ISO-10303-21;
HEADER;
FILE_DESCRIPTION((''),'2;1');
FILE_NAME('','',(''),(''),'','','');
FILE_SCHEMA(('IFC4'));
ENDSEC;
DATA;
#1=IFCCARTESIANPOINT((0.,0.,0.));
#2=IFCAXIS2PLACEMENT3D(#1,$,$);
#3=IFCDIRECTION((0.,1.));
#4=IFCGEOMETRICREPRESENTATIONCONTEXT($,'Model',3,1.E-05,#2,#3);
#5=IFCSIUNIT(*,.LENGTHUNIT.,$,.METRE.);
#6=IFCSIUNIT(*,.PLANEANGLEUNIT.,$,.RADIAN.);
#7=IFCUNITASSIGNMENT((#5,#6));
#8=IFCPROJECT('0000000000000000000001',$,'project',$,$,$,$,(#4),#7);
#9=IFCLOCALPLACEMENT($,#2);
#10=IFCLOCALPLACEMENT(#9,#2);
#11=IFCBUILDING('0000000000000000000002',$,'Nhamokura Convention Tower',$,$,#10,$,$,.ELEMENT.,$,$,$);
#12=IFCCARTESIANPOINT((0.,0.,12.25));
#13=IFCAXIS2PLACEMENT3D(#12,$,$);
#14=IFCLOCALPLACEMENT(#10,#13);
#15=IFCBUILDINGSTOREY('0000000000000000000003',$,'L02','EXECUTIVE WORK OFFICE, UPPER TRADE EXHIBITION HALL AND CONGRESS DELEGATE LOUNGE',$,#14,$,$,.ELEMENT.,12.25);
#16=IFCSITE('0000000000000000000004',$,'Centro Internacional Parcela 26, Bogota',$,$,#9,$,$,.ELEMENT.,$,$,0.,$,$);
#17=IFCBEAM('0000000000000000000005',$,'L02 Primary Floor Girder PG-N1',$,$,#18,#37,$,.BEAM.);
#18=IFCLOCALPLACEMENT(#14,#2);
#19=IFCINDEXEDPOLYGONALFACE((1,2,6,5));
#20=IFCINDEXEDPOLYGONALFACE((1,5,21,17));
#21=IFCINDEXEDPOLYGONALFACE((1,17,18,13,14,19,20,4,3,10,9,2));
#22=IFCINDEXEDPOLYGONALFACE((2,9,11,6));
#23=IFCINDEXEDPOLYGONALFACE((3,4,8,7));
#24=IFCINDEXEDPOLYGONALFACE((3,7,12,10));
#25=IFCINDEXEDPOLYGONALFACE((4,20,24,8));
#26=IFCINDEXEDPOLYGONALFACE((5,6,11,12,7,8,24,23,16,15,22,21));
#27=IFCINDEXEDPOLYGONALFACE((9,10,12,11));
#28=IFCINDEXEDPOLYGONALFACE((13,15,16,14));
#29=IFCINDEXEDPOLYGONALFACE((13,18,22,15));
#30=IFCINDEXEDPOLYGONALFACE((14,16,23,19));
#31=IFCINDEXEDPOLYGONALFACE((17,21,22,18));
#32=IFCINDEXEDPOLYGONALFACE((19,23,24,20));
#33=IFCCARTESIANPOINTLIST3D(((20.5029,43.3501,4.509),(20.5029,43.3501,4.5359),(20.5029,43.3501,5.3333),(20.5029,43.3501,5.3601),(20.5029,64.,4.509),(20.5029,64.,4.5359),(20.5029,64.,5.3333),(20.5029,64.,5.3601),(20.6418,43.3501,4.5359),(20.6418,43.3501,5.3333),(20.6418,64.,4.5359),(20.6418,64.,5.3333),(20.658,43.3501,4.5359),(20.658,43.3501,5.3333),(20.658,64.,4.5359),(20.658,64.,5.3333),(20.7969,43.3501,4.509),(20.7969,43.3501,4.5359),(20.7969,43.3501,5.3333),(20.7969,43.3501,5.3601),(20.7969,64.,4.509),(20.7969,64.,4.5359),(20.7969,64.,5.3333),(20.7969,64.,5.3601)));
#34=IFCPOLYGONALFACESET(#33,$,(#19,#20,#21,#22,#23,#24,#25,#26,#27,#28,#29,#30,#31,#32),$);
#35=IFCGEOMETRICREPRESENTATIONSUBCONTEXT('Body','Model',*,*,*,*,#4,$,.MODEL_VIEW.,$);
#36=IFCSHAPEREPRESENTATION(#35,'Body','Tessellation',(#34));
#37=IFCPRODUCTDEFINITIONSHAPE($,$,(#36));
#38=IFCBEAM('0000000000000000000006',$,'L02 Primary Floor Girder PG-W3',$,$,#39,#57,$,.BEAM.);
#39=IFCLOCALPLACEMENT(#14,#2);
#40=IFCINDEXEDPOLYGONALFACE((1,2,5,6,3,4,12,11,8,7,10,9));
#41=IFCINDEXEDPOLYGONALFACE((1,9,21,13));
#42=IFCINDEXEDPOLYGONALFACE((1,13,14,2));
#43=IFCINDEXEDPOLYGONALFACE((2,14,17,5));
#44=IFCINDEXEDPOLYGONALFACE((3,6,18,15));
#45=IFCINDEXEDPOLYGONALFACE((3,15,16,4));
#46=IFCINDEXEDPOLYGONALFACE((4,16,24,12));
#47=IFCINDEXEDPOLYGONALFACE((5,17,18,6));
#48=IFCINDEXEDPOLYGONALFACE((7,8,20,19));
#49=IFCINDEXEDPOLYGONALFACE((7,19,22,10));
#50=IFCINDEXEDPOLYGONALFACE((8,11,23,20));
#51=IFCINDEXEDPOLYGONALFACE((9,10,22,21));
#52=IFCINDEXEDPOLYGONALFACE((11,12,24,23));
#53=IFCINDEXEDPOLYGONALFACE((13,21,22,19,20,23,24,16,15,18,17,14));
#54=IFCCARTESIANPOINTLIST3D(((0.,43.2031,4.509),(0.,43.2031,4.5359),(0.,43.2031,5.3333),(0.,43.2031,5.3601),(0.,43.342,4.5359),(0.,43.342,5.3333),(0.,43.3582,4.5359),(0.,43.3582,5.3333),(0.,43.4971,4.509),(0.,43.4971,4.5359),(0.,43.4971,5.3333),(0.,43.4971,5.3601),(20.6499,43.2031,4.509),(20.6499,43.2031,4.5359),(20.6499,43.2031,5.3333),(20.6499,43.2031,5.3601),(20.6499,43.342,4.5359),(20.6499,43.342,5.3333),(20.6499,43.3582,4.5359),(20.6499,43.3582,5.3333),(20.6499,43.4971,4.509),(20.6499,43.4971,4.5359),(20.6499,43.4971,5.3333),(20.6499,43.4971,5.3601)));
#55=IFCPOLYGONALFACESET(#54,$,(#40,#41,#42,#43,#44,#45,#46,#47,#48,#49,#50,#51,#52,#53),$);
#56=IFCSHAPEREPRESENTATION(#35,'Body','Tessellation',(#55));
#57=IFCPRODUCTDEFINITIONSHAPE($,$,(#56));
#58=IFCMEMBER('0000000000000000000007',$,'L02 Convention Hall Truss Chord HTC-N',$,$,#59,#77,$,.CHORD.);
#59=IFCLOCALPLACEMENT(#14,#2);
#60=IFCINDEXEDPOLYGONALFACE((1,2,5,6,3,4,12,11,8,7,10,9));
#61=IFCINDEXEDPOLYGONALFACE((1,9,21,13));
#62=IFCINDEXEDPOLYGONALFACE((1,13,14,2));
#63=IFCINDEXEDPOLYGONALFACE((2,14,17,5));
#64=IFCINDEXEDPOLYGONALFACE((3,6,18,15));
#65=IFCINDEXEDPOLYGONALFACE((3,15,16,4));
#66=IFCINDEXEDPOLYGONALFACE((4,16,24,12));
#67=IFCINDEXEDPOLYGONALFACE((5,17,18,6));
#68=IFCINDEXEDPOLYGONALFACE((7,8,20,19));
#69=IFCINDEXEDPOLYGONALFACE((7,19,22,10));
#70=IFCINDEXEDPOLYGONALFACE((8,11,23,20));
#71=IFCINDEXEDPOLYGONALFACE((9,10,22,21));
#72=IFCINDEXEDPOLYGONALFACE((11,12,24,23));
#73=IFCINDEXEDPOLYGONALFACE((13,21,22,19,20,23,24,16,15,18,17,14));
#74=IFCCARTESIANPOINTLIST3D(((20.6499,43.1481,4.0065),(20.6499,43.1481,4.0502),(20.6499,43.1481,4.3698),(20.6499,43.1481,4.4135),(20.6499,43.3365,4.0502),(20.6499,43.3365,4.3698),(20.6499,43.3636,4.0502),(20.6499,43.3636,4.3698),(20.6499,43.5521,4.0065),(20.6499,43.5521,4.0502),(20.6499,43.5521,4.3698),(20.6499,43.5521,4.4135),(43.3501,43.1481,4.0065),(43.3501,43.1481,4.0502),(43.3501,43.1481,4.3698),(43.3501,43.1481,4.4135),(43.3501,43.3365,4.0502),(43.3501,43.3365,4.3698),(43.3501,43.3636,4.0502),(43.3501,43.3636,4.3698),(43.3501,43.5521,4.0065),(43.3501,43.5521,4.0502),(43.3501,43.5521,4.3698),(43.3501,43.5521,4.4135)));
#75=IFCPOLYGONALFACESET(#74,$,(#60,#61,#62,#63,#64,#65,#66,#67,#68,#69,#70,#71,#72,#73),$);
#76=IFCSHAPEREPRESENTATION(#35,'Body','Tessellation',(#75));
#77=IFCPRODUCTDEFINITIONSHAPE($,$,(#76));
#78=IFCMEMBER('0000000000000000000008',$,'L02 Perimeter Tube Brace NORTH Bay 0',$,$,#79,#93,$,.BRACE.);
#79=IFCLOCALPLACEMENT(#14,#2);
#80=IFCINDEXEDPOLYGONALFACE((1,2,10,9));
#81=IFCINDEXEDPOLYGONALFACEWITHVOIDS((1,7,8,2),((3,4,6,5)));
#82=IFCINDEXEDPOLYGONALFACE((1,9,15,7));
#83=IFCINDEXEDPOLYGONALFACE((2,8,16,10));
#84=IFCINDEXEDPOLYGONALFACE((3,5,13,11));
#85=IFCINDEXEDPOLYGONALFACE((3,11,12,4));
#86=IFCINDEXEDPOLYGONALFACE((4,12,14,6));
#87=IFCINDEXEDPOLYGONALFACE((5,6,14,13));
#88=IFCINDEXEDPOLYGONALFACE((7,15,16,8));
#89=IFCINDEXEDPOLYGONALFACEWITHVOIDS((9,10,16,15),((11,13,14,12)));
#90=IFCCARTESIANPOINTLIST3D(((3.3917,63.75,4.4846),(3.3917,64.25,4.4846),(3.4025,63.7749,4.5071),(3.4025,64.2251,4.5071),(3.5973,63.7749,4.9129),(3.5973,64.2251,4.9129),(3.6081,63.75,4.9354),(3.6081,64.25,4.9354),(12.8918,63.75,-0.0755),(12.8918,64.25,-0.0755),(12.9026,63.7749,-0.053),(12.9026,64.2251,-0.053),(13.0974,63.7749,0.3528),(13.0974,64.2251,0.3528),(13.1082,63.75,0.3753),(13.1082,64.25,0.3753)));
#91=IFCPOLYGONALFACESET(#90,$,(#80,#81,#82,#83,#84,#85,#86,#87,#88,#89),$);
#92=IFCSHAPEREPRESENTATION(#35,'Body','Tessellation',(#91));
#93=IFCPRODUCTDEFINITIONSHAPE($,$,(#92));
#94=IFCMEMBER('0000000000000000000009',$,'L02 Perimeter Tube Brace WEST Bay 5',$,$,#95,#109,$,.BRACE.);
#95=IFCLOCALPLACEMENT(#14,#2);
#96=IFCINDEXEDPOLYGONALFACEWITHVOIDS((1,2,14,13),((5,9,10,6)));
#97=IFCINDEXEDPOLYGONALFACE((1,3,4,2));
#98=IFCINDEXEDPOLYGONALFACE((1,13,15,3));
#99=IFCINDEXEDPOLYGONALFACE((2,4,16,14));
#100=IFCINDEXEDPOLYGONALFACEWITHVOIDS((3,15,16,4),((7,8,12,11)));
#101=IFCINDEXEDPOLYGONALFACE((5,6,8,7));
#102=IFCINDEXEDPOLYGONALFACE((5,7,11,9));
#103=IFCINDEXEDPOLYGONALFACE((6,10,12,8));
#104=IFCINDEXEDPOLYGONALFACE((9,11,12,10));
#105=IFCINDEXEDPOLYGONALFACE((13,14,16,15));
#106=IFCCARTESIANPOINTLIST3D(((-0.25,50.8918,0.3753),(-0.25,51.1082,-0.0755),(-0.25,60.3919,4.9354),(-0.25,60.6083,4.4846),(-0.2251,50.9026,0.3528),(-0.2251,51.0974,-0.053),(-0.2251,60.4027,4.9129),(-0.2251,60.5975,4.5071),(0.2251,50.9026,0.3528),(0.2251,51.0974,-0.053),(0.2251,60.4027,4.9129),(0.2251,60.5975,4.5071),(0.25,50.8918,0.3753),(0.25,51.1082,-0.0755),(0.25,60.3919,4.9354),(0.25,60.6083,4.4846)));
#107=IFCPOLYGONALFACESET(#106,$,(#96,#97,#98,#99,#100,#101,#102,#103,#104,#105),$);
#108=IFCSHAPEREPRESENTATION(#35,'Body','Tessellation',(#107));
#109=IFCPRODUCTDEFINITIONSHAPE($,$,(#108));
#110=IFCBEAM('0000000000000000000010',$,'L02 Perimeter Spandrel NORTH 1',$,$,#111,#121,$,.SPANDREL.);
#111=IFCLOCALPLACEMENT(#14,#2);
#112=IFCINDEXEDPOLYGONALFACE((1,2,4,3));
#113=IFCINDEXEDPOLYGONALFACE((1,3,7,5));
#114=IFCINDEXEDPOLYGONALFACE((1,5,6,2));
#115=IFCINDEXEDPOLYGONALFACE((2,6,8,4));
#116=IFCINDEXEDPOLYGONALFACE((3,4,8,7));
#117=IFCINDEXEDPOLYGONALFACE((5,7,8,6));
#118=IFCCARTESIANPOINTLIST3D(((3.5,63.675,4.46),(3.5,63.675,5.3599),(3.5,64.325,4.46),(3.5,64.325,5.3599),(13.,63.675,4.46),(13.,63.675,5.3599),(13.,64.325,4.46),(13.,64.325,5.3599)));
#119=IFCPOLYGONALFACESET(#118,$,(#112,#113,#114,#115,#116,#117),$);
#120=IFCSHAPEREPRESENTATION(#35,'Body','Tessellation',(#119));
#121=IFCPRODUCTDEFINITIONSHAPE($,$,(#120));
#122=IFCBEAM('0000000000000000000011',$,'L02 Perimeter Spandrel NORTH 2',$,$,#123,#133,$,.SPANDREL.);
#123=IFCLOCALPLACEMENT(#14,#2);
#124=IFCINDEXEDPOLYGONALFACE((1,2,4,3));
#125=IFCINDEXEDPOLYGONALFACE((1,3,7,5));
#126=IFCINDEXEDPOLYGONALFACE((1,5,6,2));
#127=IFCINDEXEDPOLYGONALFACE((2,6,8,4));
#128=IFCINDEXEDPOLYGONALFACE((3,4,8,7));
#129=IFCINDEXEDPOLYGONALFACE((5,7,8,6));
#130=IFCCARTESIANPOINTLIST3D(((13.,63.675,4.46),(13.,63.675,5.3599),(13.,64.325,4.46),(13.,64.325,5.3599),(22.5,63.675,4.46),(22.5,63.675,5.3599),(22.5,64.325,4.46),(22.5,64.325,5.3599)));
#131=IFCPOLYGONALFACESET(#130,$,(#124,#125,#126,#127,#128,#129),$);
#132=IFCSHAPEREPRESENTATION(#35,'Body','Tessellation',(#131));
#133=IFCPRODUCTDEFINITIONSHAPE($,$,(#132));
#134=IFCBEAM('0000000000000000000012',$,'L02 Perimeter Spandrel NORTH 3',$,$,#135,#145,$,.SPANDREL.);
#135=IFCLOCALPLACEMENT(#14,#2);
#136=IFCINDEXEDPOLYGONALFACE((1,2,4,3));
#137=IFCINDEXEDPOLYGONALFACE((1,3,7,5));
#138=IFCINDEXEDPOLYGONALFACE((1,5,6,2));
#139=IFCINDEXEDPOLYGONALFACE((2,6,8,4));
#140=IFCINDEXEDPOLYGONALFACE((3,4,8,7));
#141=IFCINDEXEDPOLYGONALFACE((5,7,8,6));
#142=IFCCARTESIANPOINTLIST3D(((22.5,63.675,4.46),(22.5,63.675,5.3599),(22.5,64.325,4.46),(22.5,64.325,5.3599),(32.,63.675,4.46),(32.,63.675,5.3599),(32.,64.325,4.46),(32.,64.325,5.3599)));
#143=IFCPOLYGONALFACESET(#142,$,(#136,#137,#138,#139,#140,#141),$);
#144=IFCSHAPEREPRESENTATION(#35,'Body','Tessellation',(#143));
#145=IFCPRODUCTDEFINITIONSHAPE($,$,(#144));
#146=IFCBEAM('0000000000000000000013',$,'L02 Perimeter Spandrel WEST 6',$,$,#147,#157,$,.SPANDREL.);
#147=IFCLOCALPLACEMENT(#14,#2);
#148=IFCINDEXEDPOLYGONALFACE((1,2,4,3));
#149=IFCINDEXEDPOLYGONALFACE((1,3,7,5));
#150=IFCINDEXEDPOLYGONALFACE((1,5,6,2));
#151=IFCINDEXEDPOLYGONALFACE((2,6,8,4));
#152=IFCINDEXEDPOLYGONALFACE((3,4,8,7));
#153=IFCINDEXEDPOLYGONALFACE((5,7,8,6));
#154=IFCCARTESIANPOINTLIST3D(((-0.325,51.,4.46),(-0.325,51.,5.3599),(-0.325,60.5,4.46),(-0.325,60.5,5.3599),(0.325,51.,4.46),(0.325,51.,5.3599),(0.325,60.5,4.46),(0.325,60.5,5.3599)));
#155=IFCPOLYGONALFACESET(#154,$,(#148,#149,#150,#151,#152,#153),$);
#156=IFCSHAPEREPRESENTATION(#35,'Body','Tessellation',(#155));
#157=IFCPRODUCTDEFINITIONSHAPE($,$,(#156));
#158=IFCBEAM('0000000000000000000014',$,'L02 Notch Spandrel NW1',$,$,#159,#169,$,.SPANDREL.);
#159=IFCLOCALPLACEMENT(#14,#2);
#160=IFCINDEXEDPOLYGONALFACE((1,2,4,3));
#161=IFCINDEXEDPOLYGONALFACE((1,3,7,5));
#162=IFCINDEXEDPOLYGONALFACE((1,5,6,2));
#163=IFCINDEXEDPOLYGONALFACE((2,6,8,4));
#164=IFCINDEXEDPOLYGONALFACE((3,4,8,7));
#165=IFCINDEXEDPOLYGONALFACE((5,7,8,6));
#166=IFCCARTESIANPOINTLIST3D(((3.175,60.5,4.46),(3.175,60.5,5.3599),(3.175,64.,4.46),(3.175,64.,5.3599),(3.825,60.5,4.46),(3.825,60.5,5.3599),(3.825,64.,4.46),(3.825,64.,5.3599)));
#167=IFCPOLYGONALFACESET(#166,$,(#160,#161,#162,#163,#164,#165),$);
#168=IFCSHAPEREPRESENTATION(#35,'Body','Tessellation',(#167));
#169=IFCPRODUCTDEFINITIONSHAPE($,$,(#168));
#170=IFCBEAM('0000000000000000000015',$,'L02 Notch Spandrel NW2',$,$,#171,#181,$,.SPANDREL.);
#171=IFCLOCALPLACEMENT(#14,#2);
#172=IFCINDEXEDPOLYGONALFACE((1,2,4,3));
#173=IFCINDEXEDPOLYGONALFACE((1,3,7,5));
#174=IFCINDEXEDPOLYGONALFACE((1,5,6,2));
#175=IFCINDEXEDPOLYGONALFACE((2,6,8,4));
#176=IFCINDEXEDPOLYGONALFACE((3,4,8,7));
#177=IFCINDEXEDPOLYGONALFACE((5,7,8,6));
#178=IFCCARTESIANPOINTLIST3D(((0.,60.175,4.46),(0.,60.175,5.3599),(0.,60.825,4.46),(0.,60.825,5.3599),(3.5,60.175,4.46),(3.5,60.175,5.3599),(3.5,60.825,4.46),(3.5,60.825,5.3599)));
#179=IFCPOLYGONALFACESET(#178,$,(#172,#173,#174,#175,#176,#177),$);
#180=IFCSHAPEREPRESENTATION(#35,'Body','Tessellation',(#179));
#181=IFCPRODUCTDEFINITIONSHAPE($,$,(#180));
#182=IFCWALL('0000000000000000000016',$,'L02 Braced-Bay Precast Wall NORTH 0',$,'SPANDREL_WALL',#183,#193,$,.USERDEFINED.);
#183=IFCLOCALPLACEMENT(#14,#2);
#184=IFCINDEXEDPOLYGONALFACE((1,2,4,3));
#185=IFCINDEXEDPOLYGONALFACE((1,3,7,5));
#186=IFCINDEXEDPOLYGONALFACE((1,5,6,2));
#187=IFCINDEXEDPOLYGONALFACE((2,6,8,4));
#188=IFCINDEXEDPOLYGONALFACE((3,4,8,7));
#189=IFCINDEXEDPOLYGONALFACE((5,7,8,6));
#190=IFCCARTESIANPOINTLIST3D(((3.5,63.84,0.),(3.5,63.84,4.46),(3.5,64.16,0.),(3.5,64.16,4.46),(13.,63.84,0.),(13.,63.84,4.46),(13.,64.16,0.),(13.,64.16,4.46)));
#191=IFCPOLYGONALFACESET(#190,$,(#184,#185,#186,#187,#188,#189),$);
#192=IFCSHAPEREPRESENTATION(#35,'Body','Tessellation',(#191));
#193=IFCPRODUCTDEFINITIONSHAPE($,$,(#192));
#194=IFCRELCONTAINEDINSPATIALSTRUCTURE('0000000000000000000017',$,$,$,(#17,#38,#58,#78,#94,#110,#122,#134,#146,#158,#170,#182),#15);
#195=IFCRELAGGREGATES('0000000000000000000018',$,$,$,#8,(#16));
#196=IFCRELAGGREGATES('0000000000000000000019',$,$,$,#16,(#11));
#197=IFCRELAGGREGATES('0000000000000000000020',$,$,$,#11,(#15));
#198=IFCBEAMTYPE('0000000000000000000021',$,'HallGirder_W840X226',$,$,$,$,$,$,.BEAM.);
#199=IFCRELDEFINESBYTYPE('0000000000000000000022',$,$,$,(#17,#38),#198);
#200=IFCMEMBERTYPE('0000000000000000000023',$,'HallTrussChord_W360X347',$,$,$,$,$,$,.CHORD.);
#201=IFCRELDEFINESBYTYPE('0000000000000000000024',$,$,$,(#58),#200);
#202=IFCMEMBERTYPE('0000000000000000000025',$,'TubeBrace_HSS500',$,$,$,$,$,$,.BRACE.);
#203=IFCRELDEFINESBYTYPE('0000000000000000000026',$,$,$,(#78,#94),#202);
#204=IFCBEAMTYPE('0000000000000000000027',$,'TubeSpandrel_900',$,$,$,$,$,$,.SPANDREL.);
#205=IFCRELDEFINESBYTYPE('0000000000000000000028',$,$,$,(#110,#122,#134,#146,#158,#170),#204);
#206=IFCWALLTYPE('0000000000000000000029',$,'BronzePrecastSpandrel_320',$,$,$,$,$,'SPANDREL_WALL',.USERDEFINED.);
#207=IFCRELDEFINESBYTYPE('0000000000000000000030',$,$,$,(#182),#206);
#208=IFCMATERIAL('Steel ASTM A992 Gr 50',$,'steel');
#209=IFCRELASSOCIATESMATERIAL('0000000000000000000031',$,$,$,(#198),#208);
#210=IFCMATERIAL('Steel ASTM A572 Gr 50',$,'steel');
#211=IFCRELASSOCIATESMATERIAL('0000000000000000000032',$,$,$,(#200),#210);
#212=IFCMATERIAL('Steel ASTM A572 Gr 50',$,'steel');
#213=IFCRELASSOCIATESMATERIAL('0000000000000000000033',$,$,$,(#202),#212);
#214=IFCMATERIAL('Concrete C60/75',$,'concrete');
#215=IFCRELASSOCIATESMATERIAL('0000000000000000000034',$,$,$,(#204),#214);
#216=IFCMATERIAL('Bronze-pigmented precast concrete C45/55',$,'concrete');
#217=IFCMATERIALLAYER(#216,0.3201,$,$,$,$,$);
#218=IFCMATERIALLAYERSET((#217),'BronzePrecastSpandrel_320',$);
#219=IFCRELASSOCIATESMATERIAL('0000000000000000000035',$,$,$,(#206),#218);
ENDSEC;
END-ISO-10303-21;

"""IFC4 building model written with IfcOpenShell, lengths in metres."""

from ifc_helpers import new_model, si_unit, direction, frame, frame_2d, origin, origin_2d, place, context, subcontext, project, spatial, rectangle, hollow_rectangle, i_section, extrude, material, layer, layer_set, material_profile, profile_set, type_object, element, save


model = new_model("IFC4")

# Units and contexts
model_context = context("Model", 3, precision=1e-05, world=origin(), true_north=direction((0.0, 1.0)))
body_context = subcontext(model_context, "Body", "Model", "MODEL_VIEW")
ifc_project = project(units=[si_unit("LENGTHUNIT", "METRE"), si_unit("PLANEANGLEUNIT", "RADIAN")], contexts=[model_context])

# Site, building, storey
site_placement = place(None, origin())
site = spatial("IfcSite", under=ifc_project, at=site_placement, Name="Centro Internacional Parcela 26, Bogota", CompositionType="ELEMENT", RefElevation=0.0)
building_placement = place(site_placement, origin())
building = spatial("IfcBuilding", under=site, at=building_placement, Name="Nhamokura Convention Tower", CompositionType="ELEMENT")
storey_placement = place(building_placement, frame((0.0, 0.0, 12.25)))
storey = spatial("IfcBuildingStorey", under=building, at=storey_placement, Name="L02", Description="EXECUTIVE WORK OFFICE, UPPER TRADE EXHIBITION HALL AND CONGRESS DELEGATE LOUNGE", CompositionType="ELEMENT", Elevation=12.25)

# Beams
ifc_material_1 = material(Name="Steel ASTM A992 Gr 50", Category="steel")
ifc_material_profile_1 = material_profile(ifc_material_1, i_section(OverallWidth=0.2939, OverallDepth=0.8511, WebThickness=0.0161, FlangeThickness=0.0269, at=origin_2d()))
ifc_profile_set_1 = profile_set([ifc_material_profile_1], Name="Steel ASTM A992 Gr 50")
beam_type_1 = type_object("IfcBeamType", Name="HallGirder_W840X226", PredefinedType="BEAM", material=ifc_profile_set_1)
for number, where, z_axis, x_axis, name in (
    (1, (20.6499, 43.3501, 4.9346), (0.0, 1.0, 0.0), (-1.0, 0.0, 0.0), "L02 Primary Floor Girder PG-N1"),
    (2, (0.0, 43.3501, 4.9346), (1.0, 0.0, 0.0), (0.0, 1.0, 0.0), "L02 Primary Floor Girder PG-W3"),
):
    element("IfcBeam", number, at=place(storey_placement, frame(where, z_axis=z_axis, x_axis=x_axis)), inside=storey, type_object=beam_type_1, Name=name, PredefinedType="BEAM", context=body_context, shape_type="SweptSolid", body=[
        extrude(i_section(OverallWidth=0.2939, OverallDepth=0.8511, WebThickness=0.0161, FlangeThickness=0.0269, at=origin_2d()), origin(), (0.0, 0.0, 1.0), 20.6499),
    ])

# Members
ifc_material_2 = material(Name="Steel ASTM A572 Gr 50", Category="steel")
ifc_material_profile_2 = material_profile(ifc_material_2, i_section(OverallWidth=0.4041, OverallDepth=0.407, WebThickness=0.0271, FlangeThickness=0.0437, at=origin_2d()))
ifc_profile_set_2 = profile_set([ifc_material_profile_2], Name="Steel ASTM A572 Gr 50")
member_type_1 = type_object("IfcMemberType", Name="HallTrussChord_W360X347", PredefinedType="CHORD", material=ifc_profile_set_2)
member_1_placement = place(storey_placement, frame((20.6499, 43.3501, 4.21), z_axis=(1.0, 0.0, 0.0), x_axis=(0.0, 1.0, 0.0)))
element("IfcMember", 3, at=member_1_placement, inside=storey, type_object=member_type_1, Name="L02 Convention Hall Truss Chord HTC-N", PredefinedType="CHORD", context=body_context, shape_type="SweptSolid", body=[
    extrude(i_section(OverallWidth=0.4041, OverallDepth=0.407, WebThickness=0.0271, FlangeThickness=0.0437, at=origin_2d()), origin(), (0.0, 0.0, 1.0), 22.7002),
])
ifc_material_3 = material(Name="Steel ASTM A572 Gr 50", Category="steel")
ifc_material_profile_3 = material_profile(ifc_material_3, hollow_rectangle(XDim=0.5, YDim=0.5, WallThickness=0.0249, at=origin_2d()))
ifc_profile_set_3 = profile_set([ifc_material_profile_3], Name="Steel ASTM A572 Gr 50")
member_type_2 = type_object("IfcMemberType", Name="TubeBrace_HSS500", PredefinedType="BRACE", material=ifc_profile_set_3)
for number, where, z_axis, x_axis, name in (
    (4, (13.0, 64.0, 0.1499), (-0.901521, 0.0, 0.432736), (0.0, -1.0, 0.0), "L02 Perimeter Tube Brace NORTH Bay 0"),
    (5, (0.0, 51.0, 0.1499), (0.0, 0.901521, 0.432736), (-1.0, 0.0, 0.0), "L02 Perimeter Tube Brace WEST Bay 5"),
):
    element("IfcMember", number, at=place(storey_placement, frame(where, z_axis=z_axis, x_axis=x_axis)), inside=storey, type_object=member_type_2, Name=name, PredefinedType="BRACE", context=body_context, shape_type="SweptSolid", body=[
        extrude(hollow_rectangle(XDim=0.5, YDim=0.5, WallThickness=0.0249, at=origin_2d()), origin(), (0.0, 0.0, 1.0), 10.5378),
    ])

# Beams
ifc_material_4 = material(Name="Concrete C60/75", Category="concrete")
ifc_material_profile_4 = material_profile(ifc_material_4, rectangle(XDim=0.6499, YDim=0.8999, at=origin_2d()))
ifc_profile_set_4 = profile_set([ifc_material_profile_4], Name="Concrete C60/75")
beam_type_2 = type_object("IfcBeamType", Name="TubeSpandrel_900", PredefinedType="SPANDREL", material=ifc_profile_set_4)
for number, where, z_axis, x_axis, name in (
    (6, (3.5, 64.0, 4.9099), (1.0, 0.0, 0.0), (0.0, 1.0, 0.0), "L02 Perimeter Spandrel NORTH 1"),
    (7, (13.0, 64.0, 4.9099), (1.0, 0.0, 0.0), (0.0, 1.0, 0.0), "L02 Perimeter Spandrel NORTH 2"),
    (8, (22.5, 64.0, 4.9099), (1.0, 0.0, 0.0), (0.0, 1.0, 0.0), "L02 Perimeter Spandrel NORTH 3"),
    (9, (0.0, 51.0, 4.9099), (0.0, 1.0, 0.0), (-1.0, 0.0, 0.0), "L02 Perimeter Spandrel WEST 6"),
):
    element("IfcBeam", number, at=place(storey_placement, frame(where, z_axis=z_axis, x_axis=x_axis)), inside=storey, type_object=beam_type_2, Name=name, PredefinedType="SPANDREL", context=body_context, shape_type="SweptSolid", body=[
        extrude(rectangle(XDim=0.6499, YDim=0.8999, at=origin_2d()), origin(), (0.0, 0.0, 1.0), 9.5),
    ])
for number, where, z_axis, x_axis, name in (
    (10, (3.5, 64.0, 4.9099), (0.0, -1.0, 0.0), (1.0, 0.0, 0.0), "L02 Notch Spandrel NW1"),
    (11, (3.5, 60.5, 4.9099), (-1.0, 0.0, 0.0), (0.0, -1.0, 0.0), "L02 Notch Spandrel NW2"),
):
    element("IfcBeam", number, at=place(storey_placement, frame(where, z_axis=z_axis, x_axis=x_axis)), inside=storey, type_object=beam_type_2, Name=name, PredefinedType="SPANDREL", context=body_context, shape_type="SweptSolid", body=[
        extrude(rectangle(XDim=0.6499, YDim=0.8999, at=origin_2d()), origin(), (0.0, 0.0, 1.0), 3.5),
    ])

# Wall
ifc_material_5 = material(Name="Bronze-pigmented precast concrete C45/55", Category="concrete")
ifc_layer_1 = layer(ifc_material_5, 0.3201)
ifc_layer_set_1 = layer_set([ifc_layer_1], Name="BronzePrecastSpandrel_320")
wall_type_1 = type_object("IfcWallType", Name="BronzePrecastSpandrel_320", ElementType="SPANDREL_WALL", PredefinedType="USERDEFINED", material=ifc_layer_set_1)
wall_1_placement = place(storey_placement, frame((3.5, 64.0, 0.0), z_axis=(0.0, 0.0, 1.0), x_axis=(1.0, 0.0, 0.0)))
element("IfcWall", 12, at=wall_1_placement, inside=storey, type_object=wall_type_1, Name="L02 Braced-Bay Precast Wall NORTH 0", ObjectType="SPANDREL_WALL", PredefinedType="USERDEFINED", context=body_context, shape_type="SweptSolid", body=[
    extrude(rectangle(XDim=9.5, YDim=0.3201, at=frame_2d((4.75, 0.0))), origin(), (0.0, 0.0, 1.0), 4.46),
])

save(model, "model.ifc")
